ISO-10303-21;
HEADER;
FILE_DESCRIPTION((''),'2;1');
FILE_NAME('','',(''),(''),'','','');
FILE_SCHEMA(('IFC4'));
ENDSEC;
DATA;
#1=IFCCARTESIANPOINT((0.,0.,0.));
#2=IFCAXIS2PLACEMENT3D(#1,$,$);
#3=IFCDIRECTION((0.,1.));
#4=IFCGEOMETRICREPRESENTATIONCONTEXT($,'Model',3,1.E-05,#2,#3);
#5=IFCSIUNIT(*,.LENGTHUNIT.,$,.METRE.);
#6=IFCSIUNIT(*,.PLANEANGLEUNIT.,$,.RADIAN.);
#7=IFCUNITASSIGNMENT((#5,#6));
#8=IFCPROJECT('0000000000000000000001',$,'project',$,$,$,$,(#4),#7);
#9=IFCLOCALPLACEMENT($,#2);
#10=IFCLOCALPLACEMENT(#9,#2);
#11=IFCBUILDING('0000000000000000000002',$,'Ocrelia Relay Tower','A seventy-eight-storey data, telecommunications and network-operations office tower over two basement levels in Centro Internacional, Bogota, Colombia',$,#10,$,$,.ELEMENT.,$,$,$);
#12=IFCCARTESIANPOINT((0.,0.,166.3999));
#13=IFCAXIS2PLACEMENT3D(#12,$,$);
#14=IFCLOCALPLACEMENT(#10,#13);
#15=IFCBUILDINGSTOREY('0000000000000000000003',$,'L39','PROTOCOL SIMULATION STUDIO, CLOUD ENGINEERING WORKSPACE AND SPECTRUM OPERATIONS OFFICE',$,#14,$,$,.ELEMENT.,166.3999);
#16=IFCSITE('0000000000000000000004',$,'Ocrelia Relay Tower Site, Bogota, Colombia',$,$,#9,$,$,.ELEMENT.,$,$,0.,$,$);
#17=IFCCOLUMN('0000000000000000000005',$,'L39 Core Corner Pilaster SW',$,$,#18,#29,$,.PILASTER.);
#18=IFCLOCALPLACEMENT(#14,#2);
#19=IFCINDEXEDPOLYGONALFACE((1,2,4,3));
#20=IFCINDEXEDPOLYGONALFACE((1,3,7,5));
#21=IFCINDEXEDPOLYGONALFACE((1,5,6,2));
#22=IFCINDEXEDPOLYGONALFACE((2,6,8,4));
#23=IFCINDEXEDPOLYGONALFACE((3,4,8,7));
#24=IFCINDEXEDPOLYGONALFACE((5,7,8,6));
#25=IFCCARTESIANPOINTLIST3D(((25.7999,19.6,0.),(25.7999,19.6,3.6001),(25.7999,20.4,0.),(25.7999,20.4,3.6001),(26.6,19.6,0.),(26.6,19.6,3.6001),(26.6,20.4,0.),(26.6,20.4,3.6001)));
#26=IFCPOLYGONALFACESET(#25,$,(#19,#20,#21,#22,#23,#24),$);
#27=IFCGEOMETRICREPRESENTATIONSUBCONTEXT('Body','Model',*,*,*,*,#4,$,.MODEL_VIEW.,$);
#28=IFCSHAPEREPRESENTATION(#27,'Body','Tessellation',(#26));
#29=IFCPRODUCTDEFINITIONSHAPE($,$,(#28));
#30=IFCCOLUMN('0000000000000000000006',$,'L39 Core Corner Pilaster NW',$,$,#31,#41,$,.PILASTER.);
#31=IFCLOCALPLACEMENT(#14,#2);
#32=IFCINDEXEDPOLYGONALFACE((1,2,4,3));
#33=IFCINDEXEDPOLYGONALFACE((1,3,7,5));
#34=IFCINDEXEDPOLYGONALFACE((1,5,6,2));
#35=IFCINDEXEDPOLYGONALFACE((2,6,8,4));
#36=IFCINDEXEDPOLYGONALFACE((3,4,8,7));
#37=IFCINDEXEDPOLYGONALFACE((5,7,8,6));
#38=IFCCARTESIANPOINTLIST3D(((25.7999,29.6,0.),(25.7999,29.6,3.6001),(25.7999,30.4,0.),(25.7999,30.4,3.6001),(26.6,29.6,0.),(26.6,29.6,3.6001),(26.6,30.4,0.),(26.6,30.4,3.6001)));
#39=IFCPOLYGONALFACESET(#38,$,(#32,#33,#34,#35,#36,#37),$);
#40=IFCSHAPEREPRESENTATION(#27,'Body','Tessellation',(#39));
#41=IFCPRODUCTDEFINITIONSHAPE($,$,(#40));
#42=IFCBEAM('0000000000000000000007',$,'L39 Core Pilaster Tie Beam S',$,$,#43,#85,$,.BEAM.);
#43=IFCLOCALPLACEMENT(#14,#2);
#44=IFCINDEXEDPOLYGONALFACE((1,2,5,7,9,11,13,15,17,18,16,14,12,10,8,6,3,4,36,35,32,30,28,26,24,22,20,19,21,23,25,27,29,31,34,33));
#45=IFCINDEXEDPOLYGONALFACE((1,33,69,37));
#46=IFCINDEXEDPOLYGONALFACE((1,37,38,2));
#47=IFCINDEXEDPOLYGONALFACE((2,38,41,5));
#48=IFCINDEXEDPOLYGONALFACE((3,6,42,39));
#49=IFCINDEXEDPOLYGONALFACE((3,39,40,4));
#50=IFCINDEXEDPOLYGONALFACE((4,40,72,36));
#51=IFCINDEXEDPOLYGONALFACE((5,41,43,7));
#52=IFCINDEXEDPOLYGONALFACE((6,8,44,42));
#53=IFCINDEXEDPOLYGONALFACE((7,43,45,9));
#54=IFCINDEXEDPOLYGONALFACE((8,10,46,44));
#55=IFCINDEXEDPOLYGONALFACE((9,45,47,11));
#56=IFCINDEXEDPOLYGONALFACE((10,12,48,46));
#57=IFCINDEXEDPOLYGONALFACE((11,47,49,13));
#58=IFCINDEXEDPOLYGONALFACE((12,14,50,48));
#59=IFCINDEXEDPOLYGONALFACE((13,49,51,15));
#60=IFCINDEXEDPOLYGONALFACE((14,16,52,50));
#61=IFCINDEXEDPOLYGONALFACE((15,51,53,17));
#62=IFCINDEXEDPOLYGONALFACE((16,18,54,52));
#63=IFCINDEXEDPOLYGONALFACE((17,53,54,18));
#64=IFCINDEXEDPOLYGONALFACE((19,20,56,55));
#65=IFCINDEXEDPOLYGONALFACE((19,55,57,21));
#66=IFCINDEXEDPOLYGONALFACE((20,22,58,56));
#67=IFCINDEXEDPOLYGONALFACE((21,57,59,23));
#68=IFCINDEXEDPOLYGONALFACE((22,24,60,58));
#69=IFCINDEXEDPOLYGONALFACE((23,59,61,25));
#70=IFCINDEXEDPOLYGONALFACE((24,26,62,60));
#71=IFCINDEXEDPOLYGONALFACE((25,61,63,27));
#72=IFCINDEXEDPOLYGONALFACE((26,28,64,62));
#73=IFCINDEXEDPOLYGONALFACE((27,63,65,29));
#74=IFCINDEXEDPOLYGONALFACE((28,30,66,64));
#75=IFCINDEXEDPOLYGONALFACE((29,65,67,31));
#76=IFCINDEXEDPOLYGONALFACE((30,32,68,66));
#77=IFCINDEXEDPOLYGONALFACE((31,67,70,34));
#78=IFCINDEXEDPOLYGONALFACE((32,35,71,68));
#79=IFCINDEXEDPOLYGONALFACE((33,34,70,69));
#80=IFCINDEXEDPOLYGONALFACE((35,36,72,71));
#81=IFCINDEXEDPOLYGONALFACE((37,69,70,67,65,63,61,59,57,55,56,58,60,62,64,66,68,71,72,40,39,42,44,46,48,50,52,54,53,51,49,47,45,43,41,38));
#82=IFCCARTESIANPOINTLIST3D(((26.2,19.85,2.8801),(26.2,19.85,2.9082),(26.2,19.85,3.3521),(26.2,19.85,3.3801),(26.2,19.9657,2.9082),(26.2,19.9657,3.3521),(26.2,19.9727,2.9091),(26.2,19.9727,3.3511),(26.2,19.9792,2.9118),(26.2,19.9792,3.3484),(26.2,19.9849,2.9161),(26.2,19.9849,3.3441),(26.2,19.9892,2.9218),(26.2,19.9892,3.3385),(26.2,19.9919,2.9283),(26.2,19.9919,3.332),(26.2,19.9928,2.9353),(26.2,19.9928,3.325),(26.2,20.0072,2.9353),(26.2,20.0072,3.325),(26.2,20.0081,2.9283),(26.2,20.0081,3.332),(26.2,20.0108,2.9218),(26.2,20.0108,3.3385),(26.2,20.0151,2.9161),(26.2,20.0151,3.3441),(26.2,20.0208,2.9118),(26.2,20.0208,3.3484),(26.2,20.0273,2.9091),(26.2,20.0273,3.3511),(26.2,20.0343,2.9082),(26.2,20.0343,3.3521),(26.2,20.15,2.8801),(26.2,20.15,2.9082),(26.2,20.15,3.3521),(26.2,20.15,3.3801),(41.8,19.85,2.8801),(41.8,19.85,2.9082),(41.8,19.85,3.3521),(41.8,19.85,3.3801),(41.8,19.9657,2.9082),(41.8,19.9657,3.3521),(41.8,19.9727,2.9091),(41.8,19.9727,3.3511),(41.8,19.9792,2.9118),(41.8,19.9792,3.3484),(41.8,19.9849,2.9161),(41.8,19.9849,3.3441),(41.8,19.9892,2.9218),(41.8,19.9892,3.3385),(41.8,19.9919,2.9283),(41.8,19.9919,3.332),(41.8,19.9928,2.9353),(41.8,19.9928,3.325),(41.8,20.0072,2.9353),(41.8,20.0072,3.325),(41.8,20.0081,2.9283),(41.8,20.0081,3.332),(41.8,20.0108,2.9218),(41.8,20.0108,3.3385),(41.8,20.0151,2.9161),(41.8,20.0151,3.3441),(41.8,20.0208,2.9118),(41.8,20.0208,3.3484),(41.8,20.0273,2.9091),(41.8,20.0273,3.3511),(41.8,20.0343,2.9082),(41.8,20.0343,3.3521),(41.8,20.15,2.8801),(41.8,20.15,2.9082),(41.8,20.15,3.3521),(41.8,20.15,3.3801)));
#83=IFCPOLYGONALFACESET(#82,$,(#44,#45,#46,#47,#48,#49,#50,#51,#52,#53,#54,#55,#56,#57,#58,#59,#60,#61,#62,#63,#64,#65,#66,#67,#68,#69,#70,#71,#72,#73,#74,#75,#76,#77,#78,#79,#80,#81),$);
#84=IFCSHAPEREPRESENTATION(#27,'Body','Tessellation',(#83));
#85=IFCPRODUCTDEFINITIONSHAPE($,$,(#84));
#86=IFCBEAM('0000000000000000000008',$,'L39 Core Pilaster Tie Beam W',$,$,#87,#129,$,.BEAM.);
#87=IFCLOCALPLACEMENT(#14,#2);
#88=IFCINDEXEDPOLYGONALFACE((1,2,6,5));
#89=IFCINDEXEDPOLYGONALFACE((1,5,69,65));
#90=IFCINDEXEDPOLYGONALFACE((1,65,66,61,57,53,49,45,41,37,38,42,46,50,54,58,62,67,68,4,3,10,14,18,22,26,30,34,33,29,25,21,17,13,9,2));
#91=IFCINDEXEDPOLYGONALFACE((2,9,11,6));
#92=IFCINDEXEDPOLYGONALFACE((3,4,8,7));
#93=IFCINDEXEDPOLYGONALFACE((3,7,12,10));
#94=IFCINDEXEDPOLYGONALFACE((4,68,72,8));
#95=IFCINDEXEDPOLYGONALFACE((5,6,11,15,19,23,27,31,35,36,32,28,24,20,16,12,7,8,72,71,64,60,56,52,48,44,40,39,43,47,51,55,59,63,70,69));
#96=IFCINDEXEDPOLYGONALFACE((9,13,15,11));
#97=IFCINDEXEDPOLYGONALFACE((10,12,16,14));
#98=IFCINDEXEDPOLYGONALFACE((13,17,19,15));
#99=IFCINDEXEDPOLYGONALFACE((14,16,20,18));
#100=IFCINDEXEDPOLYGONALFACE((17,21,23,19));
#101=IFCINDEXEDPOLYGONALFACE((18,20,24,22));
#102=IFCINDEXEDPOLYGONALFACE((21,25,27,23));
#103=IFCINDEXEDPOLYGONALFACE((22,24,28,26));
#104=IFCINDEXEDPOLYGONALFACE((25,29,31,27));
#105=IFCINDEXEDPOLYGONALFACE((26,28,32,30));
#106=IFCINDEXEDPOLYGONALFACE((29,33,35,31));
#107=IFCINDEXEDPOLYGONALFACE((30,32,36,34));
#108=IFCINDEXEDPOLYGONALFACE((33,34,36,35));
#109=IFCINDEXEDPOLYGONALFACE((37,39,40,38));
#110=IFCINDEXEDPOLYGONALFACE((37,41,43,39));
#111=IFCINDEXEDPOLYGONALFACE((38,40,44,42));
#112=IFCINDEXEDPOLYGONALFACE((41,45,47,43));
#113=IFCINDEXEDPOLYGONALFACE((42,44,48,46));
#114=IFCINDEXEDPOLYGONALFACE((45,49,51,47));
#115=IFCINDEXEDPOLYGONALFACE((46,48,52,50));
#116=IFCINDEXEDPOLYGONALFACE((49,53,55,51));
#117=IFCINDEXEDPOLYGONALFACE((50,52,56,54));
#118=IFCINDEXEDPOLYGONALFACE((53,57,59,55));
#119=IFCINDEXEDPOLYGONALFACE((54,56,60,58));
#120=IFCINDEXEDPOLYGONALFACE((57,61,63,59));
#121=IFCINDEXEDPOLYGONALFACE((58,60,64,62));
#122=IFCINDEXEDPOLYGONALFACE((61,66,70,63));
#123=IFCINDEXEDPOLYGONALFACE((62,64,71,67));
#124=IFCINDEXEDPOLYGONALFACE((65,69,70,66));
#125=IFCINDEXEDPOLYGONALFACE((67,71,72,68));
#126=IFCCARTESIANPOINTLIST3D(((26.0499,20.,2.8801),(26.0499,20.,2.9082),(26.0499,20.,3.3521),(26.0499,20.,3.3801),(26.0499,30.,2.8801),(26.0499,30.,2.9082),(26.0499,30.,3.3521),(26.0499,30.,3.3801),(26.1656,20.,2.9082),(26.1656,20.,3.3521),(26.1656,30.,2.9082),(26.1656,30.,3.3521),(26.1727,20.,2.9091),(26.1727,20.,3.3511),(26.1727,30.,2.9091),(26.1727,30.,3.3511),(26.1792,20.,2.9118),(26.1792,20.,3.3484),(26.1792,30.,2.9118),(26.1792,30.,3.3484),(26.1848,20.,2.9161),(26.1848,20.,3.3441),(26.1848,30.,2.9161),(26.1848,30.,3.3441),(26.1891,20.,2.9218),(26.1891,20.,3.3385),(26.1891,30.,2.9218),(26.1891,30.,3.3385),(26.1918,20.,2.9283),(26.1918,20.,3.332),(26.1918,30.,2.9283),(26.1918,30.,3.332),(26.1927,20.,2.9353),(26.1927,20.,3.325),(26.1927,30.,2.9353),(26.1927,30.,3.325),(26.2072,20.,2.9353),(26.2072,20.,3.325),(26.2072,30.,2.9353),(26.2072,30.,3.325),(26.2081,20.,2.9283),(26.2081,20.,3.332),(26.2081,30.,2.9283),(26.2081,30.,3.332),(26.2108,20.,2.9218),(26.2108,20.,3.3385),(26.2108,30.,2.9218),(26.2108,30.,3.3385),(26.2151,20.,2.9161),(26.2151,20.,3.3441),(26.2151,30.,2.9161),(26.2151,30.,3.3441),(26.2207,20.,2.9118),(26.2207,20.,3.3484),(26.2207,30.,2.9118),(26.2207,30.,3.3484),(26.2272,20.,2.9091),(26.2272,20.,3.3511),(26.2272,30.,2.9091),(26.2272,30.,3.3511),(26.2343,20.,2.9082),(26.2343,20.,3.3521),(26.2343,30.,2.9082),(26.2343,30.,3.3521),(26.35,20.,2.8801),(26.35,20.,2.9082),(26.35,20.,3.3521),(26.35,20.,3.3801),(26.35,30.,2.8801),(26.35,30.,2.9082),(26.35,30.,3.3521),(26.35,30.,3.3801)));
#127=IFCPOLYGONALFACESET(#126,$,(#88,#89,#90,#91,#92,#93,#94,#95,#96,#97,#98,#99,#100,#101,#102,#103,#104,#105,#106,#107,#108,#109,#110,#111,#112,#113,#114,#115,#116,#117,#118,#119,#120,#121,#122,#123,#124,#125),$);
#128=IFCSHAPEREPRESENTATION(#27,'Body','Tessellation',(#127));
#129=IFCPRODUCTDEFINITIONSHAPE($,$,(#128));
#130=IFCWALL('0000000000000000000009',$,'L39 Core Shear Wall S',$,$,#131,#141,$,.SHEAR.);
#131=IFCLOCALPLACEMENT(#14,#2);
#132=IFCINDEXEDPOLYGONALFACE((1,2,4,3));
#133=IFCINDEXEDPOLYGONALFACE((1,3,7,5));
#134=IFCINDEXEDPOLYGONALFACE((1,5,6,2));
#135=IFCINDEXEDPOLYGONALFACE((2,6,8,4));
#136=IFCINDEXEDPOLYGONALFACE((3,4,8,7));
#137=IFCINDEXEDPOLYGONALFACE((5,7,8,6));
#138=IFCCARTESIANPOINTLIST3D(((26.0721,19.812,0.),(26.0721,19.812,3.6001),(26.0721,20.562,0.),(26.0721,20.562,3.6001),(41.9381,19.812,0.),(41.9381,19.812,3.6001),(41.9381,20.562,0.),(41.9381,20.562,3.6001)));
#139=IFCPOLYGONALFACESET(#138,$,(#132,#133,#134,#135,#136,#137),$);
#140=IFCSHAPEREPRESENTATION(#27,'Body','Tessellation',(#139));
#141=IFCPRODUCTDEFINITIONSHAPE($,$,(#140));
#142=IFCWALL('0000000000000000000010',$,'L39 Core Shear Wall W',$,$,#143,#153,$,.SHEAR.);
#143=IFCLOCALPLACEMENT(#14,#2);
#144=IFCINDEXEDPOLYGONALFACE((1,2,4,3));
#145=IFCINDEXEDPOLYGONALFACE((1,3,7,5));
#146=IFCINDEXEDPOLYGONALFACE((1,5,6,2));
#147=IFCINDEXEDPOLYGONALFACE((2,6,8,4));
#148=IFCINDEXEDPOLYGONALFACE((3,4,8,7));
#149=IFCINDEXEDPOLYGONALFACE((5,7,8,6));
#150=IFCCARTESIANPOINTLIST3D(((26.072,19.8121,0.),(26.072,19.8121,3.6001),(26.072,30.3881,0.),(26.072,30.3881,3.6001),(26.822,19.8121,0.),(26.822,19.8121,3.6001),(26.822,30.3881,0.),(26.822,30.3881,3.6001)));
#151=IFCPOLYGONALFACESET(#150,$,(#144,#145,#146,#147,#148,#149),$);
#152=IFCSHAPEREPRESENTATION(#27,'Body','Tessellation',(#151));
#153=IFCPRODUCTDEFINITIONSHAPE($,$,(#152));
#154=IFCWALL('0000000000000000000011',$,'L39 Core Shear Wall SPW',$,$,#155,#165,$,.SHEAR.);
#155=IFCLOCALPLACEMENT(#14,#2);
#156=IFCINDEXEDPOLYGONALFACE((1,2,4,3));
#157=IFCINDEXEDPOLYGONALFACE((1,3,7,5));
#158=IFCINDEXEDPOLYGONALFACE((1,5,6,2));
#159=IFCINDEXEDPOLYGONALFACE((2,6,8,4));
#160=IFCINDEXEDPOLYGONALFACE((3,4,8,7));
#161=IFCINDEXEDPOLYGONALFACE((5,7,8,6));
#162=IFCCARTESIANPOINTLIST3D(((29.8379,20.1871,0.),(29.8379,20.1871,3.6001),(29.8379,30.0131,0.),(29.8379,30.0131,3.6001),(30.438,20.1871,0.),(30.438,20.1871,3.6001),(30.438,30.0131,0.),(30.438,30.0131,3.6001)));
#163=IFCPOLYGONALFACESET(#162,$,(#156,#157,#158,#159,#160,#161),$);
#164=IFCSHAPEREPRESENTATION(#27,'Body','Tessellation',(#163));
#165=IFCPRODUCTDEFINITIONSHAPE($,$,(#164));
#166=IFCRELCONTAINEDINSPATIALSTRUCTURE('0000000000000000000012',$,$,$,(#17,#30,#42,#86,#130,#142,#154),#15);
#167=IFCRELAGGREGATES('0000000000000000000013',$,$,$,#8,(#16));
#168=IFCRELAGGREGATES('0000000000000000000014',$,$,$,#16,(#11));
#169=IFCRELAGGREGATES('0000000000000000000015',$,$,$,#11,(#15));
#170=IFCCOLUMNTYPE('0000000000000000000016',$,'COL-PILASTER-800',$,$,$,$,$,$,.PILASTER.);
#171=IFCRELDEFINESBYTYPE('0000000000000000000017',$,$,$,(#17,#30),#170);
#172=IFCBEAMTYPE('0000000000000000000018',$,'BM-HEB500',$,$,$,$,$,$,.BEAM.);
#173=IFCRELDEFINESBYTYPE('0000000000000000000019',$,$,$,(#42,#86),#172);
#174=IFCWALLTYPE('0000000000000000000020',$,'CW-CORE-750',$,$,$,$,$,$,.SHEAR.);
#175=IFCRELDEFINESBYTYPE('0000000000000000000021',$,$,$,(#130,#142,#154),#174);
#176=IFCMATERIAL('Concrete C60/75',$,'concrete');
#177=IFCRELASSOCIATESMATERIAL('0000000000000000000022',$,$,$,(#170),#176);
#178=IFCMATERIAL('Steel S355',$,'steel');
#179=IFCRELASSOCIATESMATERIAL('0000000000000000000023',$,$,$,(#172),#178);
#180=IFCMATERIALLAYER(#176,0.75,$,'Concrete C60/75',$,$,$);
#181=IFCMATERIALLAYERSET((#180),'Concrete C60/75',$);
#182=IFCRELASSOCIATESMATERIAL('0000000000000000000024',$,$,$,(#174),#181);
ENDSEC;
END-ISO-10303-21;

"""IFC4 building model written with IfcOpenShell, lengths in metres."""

from ifc_helpers import new_model, si_unit, direction, frame, frame_2d, origin, origin_2d, place, context, subcontext, project, spatial, rectangle, i_section, extrude, material, layer, layer_set, material_profile, profile_set, type_object, element, save


model = new_model("IFC4")

# Units and contexts
model_context = context("Model", 3, precision=1e-05, world=origin(), true_north=direction((0.0, 1.0)))
body_context = subcontext(model_context, "Body", "Model", "MODEL_VIEW")
ifc_project = project(units=[si_unit("LENGTHUNIT", "METRE"), si_unit("PLANEANGLEUNIT", "RADIAN")], contexts=[model_context])

# Site, building, storey
site_placement = place(None, origin())
site = spatial("IfcSite", under=ifc_project, at=site_placement, Name="Ocrelia Relay Tower Site, Bogota, Colombia", CompositionType="ELEMENT", RefElevation=0.0)
building_placement = place(site_placement, origin())
building = spatial("IfcBuilding", under=site, at=building_placement, Name="Ocrelia Relay Tower", Description="A seventy-eight-storey data, telecommunications and network-operations office tower over two basement levels in Centro Internacional, Bogota, Colombia", CompositionType="ELEMENT")
storey_placement = place(building_placement, frame((0.0, 0.0, 166.3999)))
storey = spatial("IfcBuildingStorey", under=building, at=storey_placement, Name="L39", Description="PROTOCOL SIMULATION STUDIO, CLOUD ENGINEERING WORKSPACE AND SPECTRUM OPERATIONS OFFICE", CompositionType="ELEMENT", Elevation=166.3999)

# Columns
ifc_material_1 = material(Name="Concrete C60/75", Category="concrete")
ifc_material_profile_1 = material_profile(ifc_material_1, rectangle(XDim=0.8, YDim=0.8, at=origin_2d()), Name="RC-COL-800x800")
ifc_profile_set_1 = profile_set([ifc_material_profile_1], Name="Concrete C60/75")
column_type = type_object("IfcColumnType", Name="COL-PILASTER-800", PredefinedType="PILASTER", material=ifc_profile_set_1)
for number, where, z_axis, x_axis, name in (
    (1, (26.2, 20.0, 0.0), (0.0, 0.0, 1.0), (1.0, 0.0, 0.0), "L39 Core Corner Pilaster SW"),
    (2, (26.2, 30.0, 0.0), (0.0, 0.0, 1.0), (1.0, 0.0, 0.0), "L39 Core Corner Pilaster NW"),
):
    element("IfcColumn", number, at=place(storey_placement, frame(where, z_axis=z_axis, x_axis=x_axis)), inside=storey, type_object=column_type, Name=name, PredefinedType="PILASTER", context=body_context, shape_type="SweptSolid", body=[
        extrude(rectangle(XDim=0.8, YDim=0.8, at=origin_2d()), origin(), (0.0, 0.0, 1.0), 3.6001),
    ])

# Beams
ifc_material_2 = material(Name="Steel S355", Category="steel")
ifc_material_profile_2 = material_profile(ifc_material_2, i_section(OverallWidth=0.3, OverallDepth=0.5, WebThickness=0.0144, FlangeThickness=0.0281, FilletRadius=0.0271, at=origin_2d()), Name="HEB 500")
ifc_profile_set_2 = profile_set([ifc_material_profile_2], Name="Steel S355")
beam_type = type_object("IfcBeamType", Name="BM-HEB500", PredefinedType="BEAM", material=ifc_profile_set_2)
beam_1_placement = place(storey_placement, frame((26.2, 20.0, 3.1301), z_axis=(1.0, 0.0, 0.0), x_axis=(0.0, 1.0, 0.0)))
element("IfcBeam", 3, at=beam_1_placement, inside=storey, type_object=beam_type, Name="L39 Core Pilaster Tie Beam S", PredefinedType="BEAM", context=body_context, shape_type="SweptSolid", body=[
    extrude(i_section(OverallWidth=0.3, OverallDepth=0.5, WebThickness=0.0144, FlangeThickness=0.0281, FilletRadius=0.0271, at=origin_2d()), origin(), (0.0, 0.0, 1.0), 15.6001),
])
beam_2_placement = place(storey_placement, frame((26.2, 20.0, 3.1301), z_axis=(0.0, 1.0, 0.0), x_axis=(-1.0, 0.0, 0.0)))
element("IfcBeam", 4, at=beam_2_placement, inside=storey, type_object=beam_type, Name="L39 Core Pilaster Tie Beam W", PredefinedType="BEAM", context=body_context, shape_type="SweptSolid", body=[
    extrude(i_section(OverallWidth=0.3, OverallDepth=0.5, WebThickness=0.0144, FlangeThickness=0.0281, FilletRadius=0.0271, at=origin_2d()), origin(), (0.0, 0.0, 1.0), 10.0),
])

# Walls
ifc_layer_1 = layer(ifc_material_1, 0.75, Name="Concrete C60/75")
ifc_layer_set_1 = layer_set([ifc_layer_1], Name="Concrete C60/75")
wall_type_1 = type_object("IfcWallType", Name="CW-CORE-750", PredefinedType="SHEAR", material=ifc_layer_set_1)
wall_1_placement = place(storey_placement, frame((26.072, 20.187, 0.0), z_axis=(0.0, 0.0, 1.0), x_axis=(1.0, 0.0, 0.0)))
element("IfcWall", 5, at=wall_1_placement, inside=storey, type_object=wall_type_1, Name="L39 Core Shear Wall S", PredefinedType="SHEAR", context=body_context, shape_type="SweptSolid", body=[
    extrude(rectangle(XDim=15.866, YDim=0.75, at=frame_2d((7.9331, 0.0))), origin(), (0.0, 0.0, 1.0), 3.6001),
])
wall_2_placement = place(storey_placement, frame((26.447, 19.812, 0.0), z_axis=(0.0, 0.0, 1.0), x_axis=(0.0, 1.0, 0.0)))
element("IfcWall", 6, at=wall_2_placement, inside=storey, type_object=wall_type_1, Name="L39 Core Shear Wall W", PredefinedType="SHEAR", context=body_context, shape_type="SweptSolid", body=[
    extrude(rectangle(XDim=10.5759, YDim=0.75, at=frame_2d((5.2881, 0.0))), origin(), (0.0, 0.0, 1.0), 3.6001),
])
wall_3_placement = place(storey_placement, frame((30.1379, 20.187, 0.0), z_axis=(0.0, 0.0, 1.0), x_axis=(0.0, 1.0, 0.0)))
element("IfcWall", 7, at=wall_3_placement, inside=storey, type_object=wall_type_1, Name="L39 Core Shear Wall SPW", PredefinedType="SHEAR", context=body_context, shape_type="SweptSolid", body=[
    extrude(rectangle(XDim=9.8259, YDim=0.6001, at=frame_2d((4.9131, 0.0))), origin(), (0.0, 0.0, 1.0), 3.6001),
])

save(model, "model.ifc")
